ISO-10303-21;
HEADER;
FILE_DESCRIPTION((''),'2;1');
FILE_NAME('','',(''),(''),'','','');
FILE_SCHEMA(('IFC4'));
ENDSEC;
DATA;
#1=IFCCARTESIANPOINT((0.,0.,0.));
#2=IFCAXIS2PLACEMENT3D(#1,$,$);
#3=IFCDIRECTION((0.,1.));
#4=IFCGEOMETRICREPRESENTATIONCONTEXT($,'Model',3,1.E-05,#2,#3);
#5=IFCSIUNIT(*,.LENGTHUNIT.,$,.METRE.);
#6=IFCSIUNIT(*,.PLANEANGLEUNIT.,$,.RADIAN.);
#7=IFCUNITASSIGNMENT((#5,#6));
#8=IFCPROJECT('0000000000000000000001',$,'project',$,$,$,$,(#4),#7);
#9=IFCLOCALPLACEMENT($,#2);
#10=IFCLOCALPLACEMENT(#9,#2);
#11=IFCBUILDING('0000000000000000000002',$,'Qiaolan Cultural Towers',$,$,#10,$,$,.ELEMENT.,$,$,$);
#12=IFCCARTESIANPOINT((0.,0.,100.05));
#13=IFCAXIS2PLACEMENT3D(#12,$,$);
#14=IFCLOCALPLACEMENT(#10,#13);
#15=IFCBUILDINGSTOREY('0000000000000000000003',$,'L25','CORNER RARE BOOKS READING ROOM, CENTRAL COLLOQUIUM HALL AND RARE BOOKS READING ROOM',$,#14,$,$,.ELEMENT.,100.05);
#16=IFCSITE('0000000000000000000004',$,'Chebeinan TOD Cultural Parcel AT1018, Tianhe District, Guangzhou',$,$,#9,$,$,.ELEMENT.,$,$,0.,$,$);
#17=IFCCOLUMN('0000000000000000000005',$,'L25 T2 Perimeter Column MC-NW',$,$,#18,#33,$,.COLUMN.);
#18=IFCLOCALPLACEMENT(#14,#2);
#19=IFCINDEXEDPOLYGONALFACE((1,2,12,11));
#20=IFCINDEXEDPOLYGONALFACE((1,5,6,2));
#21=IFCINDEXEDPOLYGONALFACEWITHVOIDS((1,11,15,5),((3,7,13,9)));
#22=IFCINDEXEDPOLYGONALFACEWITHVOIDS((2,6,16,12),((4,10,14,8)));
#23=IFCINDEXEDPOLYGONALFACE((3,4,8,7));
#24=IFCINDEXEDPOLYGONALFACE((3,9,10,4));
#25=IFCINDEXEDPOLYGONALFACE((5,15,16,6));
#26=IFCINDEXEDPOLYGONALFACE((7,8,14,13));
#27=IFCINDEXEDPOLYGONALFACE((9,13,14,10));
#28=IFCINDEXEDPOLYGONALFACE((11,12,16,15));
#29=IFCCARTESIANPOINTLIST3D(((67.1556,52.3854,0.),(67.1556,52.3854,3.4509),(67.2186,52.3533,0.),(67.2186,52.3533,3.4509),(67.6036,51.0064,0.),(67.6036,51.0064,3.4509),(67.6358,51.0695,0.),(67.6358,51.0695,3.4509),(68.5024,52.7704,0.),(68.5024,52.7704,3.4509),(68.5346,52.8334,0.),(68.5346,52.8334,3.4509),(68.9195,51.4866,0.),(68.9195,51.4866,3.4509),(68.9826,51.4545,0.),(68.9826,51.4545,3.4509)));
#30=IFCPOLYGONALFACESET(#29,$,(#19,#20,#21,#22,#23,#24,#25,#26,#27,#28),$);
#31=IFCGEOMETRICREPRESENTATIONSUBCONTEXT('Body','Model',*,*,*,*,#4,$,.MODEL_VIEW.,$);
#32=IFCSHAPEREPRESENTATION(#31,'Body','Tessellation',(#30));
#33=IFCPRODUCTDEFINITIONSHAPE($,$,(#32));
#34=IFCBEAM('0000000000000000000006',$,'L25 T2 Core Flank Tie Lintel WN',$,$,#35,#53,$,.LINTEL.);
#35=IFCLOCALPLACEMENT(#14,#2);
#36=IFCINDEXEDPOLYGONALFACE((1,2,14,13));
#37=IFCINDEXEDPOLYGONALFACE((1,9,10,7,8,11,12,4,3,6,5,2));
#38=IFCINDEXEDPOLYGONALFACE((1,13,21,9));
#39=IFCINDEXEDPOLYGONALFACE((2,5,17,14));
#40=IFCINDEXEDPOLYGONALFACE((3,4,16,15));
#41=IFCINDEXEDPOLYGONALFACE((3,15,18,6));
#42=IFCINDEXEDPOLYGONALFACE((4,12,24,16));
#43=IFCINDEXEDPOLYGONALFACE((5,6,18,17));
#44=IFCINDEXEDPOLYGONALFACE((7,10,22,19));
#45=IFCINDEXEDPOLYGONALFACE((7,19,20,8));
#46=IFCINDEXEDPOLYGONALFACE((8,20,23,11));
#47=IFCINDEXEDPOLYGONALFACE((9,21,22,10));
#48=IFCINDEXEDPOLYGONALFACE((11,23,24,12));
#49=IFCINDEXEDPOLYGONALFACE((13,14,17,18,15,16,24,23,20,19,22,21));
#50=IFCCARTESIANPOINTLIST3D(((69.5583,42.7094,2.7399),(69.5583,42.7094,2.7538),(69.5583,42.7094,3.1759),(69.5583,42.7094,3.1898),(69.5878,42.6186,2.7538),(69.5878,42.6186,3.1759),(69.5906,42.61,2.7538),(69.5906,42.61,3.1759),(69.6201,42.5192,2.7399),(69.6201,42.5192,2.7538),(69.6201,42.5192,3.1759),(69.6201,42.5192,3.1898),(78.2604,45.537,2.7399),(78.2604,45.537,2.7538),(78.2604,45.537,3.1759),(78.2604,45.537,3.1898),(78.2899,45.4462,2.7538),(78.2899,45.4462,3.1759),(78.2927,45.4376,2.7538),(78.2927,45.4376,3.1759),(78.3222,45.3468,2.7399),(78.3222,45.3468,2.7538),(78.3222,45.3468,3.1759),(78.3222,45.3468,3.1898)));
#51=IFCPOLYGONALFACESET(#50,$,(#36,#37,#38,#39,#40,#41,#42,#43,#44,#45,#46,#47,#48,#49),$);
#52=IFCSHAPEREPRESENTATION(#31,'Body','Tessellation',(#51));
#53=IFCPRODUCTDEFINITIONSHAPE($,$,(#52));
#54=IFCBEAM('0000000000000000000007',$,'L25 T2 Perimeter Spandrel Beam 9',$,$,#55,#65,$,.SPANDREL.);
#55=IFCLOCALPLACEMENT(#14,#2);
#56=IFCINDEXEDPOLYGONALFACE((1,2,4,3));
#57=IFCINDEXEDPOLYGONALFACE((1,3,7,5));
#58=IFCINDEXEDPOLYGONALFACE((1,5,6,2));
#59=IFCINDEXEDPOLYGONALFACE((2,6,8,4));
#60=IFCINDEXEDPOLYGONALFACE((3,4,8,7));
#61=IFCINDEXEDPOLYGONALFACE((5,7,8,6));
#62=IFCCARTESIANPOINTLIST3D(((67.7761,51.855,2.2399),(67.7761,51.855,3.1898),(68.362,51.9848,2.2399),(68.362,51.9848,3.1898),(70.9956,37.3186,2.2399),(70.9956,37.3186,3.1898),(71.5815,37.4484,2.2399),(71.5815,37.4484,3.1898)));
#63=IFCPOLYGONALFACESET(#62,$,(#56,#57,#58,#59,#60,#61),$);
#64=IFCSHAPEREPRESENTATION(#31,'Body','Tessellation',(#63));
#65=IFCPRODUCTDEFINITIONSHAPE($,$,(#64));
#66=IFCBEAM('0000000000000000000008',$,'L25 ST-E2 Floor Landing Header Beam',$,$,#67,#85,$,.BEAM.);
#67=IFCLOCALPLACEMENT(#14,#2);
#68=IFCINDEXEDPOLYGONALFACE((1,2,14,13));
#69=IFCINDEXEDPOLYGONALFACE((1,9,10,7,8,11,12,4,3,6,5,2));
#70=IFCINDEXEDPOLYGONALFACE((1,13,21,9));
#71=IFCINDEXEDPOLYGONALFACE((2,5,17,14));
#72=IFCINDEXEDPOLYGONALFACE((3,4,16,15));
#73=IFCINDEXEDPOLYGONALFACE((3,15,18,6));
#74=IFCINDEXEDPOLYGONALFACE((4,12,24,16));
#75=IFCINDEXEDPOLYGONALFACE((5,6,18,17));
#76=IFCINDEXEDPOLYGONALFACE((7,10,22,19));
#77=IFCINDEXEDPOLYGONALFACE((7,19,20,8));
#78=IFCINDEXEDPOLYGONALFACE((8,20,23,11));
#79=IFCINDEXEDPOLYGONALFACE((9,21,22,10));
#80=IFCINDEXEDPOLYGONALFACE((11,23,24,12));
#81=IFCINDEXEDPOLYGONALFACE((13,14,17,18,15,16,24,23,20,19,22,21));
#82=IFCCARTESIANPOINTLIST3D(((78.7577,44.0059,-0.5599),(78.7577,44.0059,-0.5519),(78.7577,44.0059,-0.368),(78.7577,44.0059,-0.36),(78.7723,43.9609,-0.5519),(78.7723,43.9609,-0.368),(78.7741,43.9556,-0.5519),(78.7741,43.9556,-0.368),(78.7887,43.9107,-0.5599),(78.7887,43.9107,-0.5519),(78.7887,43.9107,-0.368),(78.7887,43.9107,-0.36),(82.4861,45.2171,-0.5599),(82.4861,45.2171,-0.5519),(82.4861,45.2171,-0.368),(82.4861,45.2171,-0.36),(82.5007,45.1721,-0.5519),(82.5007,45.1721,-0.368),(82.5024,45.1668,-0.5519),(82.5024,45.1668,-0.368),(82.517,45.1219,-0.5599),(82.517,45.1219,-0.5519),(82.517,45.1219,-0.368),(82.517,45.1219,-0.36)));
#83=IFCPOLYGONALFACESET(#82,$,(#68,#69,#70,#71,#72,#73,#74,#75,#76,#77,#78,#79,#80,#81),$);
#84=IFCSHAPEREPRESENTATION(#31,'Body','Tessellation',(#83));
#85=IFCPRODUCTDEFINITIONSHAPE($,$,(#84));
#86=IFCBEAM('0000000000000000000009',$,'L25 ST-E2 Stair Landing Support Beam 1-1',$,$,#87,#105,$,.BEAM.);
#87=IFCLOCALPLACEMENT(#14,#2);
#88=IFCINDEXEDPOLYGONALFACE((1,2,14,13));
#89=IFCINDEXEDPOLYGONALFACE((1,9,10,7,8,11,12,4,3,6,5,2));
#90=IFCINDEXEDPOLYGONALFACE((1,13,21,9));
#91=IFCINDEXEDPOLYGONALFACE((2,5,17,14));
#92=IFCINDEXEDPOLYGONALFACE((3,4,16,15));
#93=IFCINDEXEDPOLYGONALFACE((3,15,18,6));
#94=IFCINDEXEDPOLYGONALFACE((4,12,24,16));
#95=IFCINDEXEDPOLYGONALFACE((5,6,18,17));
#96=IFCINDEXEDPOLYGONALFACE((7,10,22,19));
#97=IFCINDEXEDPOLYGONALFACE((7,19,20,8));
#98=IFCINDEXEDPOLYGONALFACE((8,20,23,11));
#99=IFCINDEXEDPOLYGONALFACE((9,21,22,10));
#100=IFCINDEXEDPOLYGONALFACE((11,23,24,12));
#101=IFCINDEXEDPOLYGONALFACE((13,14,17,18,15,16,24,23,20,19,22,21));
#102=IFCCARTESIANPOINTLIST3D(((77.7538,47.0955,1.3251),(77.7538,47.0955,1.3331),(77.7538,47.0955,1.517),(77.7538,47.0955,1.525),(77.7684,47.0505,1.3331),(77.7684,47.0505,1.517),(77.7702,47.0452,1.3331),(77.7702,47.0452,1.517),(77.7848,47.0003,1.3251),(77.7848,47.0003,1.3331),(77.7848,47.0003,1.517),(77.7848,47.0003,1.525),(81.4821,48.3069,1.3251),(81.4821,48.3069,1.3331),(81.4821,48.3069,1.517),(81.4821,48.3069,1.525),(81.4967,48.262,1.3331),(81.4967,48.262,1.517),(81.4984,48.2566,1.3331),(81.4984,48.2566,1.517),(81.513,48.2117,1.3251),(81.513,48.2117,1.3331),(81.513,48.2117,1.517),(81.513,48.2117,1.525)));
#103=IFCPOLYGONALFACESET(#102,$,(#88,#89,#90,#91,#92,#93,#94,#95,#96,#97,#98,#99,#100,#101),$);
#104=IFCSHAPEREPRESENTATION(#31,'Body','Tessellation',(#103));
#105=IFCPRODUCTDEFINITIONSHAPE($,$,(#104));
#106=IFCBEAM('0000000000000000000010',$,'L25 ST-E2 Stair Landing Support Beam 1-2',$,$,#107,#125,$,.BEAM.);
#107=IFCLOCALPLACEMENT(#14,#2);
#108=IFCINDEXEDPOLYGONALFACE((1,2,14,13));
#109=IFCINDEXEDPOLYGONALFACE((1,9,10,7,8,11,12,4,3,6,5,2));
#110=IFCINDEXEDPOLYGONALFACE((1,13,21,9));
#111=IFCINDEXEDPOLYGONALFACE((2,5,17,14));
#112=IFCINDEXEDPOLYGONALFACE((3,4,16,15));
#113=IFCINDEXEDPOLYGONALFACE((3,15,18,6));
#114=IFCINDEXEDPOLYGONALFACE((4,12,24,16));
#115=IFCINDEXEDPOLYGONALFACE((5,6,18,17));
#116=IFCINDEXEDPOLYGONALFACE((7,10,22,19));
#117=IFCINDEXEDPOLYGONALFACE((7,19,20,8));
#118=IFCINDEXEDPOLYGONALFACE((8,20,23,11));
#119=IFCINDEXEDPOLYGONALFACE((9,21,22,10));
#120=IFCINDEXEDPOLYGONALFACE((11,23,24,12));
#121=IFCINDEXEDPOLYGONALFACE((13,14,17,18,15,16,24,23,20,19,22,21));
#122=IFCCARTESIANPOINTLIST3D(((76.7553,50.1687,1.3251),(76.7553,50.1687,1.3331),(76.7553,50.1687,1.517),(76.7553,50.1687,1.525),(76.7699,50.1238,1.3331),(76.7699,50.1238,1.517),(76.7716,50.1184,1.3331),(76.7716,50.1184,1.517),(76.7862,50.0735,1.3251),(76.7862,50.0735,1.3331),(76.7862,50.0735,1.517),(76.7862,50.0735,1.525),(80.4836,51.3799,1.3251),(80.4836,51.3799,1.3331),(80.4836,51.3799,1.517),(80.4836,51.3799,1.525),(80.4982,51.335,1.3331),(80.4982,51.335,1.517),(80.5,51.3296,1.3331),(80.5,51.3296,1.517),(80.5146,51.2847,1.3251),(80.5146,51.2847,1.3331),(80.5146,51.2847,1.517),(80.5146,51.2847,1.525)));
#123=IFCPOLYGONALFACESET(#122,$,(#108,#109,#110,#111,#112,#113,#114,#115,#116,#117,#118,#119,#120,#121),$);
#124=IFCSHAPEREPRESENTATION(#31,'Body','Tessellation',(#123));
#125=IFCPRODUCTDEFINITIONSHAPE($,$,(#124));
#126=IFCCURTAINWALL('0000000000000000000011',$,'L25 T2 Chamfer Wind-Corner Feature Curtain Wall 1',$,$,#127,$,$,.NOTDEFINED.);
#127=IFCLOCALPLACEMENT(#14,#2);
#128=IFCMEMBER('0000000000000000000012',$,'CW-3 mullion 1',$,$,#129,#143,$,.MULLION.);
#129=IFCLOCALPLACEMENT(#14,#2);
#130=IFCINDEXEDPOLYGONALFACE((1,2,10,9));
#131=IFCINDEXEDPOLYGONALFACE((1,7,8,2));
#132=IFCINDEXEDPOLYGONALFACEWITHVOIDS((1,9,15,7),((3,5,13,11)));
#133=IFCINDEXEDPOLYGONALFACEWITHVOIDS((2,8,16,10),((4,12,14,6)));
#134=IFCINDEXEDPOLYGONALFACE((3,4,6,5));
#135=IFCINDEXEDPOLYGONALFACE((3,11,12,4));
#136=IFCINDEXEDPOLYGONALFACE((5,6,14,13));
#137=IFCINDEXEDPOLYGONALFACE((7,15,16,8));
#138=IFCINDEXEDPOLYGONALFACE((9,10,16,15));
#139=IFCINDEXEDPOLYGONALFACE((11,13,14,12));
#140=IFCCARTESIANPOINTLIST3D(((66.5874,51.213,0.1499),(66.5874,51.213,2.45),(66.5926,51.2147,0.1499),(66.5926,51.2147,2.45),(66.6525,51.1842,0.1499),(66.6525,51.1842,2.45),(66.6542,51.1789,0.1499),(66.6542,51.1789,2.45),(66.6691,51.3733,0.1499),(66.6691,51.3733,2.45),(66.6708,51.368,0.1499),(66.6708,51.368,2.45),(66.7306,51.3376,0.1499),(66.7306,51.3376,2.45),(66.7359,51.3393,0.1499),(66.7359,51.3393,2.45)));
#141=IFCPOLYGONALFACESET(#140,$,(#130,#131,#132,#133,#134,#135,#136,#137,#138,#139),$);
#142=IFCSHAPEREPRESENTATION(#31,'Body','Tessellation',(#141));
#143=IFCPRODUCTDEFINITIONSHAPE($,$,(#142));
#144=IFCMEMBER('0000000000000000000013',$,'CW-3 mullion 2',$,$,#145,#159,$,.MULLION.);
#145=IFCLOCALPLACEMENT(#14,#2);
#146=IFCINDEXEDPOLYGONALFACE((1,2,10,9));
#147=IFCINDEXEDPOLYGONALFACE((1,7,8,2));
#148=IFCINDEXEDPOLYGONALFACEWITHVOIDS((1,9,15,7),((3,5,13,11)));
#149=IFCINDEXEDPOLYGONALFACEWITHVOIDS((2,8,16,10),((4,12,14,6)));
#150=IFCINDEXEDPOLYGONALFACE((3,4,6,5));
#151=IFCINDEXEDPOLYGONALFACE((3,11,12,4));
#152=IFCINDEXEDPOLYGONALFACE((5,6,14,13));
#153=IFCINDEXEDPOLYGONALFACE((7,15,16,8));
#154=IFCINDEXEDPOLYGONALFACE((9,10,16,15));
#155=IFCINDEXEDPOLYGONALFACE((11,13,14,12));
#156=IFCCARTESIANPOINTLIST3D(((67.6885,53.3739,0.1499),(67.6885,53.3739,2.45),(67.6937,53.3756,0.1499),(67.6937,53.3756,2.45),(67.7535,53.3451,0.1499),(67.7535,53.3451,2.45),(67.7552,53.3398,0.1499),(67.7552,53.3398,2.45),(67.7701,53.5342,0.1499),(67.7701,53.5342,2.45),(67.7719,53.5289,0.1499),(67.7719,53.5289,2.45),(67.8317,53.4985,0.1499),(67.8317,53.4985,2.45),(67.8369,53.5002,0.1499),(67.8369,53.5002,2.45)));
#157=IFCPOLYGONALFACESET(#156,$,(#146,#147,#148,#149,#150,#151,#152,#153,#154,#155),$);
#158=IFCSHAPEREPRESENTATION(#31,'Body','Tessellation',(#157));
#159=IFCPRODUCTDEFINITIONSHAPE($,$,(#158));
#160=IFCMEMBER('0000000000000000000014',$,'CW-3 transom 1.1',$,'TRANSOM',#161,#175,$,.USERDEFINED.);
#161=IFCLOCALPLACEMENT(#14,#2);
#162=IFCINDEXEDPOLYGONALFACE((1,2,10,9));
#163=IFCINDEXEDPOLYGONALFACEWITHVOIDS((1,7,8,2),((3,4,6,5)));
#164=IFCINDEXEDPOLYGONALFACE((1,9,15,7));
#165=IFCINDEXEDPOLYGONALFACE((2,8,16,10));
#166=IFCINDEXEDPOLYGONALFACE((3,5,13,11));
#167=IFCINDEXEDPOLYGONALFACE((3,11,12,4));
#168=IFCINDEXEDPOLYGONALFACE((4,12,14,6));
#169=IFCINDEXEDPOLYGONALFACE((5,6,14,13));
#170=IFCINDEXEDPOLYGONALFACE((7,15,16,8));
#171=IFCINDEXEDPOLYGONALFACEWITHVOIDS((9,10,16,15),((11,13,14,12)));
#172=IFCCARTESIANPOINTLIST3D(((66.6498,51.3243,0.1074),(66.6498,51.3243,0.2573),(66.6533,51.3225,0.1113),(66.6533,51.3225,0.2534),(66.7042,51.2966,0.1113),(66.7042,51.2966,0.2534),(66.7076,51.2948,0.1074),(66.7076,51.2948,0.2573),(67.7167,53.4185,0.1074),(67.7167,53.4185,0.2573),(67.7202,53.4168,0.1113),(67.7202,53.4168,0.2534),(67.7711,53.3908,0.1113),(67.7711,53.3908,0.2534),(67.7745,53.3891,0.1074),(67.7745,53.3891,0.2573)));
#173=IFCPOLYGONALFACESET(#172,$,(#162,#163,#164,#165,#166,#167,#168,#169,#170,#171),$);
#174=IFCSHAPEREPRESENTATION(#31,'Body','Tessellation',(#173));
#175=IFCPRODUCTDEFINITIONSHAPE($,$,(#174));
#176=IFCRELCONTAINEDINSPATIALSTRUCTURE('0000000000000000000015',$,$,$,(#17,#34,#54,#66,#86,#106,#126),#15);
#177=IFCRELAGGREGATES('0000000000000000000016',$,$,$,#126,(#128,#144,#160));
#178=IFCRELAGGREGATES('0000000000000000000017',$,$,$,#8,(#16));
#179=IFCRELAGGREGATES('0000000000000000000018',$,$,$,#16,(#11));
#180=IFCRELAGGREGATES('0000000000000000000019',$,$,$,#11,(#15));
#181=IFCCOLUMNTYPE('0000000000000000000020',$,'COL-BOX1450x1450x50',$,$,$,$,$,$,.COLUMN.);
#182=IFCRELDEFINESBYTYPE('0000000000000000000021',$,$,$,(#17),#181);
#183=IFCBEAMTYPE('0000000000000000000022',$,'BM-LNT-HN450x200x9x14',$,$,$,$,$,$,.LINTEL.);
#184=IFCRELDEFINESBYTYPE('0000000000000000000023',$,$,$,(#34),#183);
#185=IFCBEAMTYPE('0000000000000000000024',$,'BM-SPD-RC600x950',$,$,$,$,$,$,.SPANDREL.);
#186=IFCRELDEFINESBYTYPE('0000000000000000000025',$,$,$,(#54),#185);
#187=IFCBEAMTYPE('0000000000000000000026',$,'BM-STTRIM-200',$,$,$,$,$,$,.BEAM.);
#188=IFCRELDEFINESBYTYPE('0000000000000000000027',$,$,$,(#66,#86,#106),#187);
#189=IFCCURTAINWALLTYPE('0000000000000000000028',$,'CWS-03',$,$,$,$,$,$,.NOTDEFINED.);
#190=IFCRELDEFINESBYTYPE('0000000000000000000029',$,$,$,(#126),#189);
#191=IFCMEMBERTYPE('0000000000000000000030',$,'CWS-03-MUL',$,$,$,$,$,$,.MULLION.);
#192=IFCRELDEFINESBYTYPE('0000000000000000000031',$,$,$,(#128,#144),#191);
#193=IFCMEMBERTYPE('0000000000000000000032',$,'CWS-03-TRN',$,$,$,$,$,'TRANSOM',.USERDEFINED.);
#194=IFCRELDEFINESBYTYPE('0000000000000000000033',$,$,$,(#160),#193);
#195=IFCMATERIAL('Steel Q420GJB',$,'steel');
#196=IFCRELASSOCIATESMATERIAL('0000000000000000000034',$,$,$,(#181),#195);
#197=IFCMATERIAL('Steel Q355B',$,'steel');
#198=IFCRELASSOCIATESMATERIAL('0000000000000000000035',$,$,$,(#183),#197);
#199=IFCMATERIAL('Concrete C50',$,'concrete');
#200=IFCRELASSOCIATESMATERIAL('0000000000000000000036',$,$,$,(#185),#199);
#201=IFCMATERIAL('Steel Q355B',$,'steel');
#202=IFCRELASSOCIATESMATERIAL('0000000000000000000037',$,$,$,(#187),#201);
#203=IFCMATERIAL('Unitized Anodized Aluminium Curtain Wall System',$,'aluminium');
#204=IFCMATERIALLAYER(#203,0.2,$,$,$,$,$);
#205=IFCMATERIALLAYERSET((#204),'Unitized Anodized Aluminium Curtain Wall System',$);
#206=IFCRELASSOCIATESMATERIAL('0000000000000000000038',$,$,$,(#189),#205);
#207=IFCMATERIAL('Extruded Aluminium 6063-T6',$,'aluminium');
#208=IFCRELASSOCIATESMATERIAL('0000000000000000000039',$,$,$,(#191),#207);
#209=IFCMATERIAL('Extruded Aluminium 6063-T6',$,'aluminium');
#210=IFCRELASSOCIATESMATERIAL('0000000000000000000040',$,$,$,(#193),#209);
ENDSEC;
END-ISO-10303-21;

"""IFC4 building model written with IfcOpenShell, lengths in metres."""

from ifc_helpers import new_model, si_unit, direction, frame, origin, origin_2d, place, context, subcontext, project, spatial, rectangle, hollow_rectangle, i_section, extrude, material, layer, layer_set, material_profile, profile_set, type_object, element, aggregate, save


model = new_model("IFC4")

# Units and contexts
model_context = context("Model", 3, precision=1e-05, world=origin(), true_north=direction((0.0, 1.0)))
body_context = subcontext(model_context, "Body", "Model", "MODEL_VIEW")
ifc_project = project(units=[si_unit("LENGTHUNIT", "METRE"), si_unit("PLANEANGLEUNIT", "RADIAN")], contexts=[model_context])

# Site, building, storey
site_placement = place(None, origin())
site = spatial("IfcSite", under=ifc_project, at=site_placement, Name="Chebeinan TOD Cultural Parcel AT1018, Tianhe District, Guangzhou", CompositionType="ELEMENT", RefElevation=0.0)
building_placement = place(site_placement, origin())
building = spatial("IfcBuilding", under=site, at=building_placement, Name="Qiaolan Cultural Towers", CompositionType="ELEMENT")
storey_placement = place(building_placement, frame((0.0, 0.0, 100.05)))
storey = spatial("IfcBuildingStorey", under=building, at=storey_placement, Name="L25", Description="CORNER RARE BOOKS READING ROOM, CENTRAL COLLOQUIUM HALL AND RARE BOOKS READING ROOM", CompositionType="ELEMENT", Elevation=100.05)

# Column
ifc_material_1 = material(Name="Steel Q420GJB", Category="steel")
ifc_material_profile_1 = material_profile(ifc_material_1, hollow_rectangle(XDim=1.45, YDim=1.45, WallThickness=0.05, at=origin_2d()), Name="BOX1450x1450x50")
ifc_profile_set_1 = profile_set([ifc_material_profile_1], Name="Steel Q420GJB")
column_type = type_object("IfcColumnType", Name="COL-BOX1450x1450x50", PredefinedType="COLUMN", material=ifc_profile_set_1)
column_placement = place(storey_placement, frame((68.0691, 51.9199, 0.0), z_axis=(0.0, 0.0, 1.0), x_axis=(0.951057, 0.309017, 0.0)))
element("IfcColumn", 1, at=column_placement, inside=storey, type_object=column_type, Name="L25 T2 Perimeter Column MC-NW", PredefinedType="COLUMN", context=body_context, shape_type="SweptSolid", body=[
    extrude(hollow_rectangle(XDim=1.45, YDim=1.45, WallThickness=0.05, at=origin_2d()), origin(), (0.0, 0.0, 1.0), 3.4509),
])

# Beams
ifc_material_2 = material(Name="Steel Q355B", Category="steel")
ifc_material_profile_2 = material_profile(ifc_material_2, i_section(OverallWidth=0.2, OverallDepth=0.45, WebThickness=0.009, FlangeThickness=0.0139, at=origin_2d()), Name="HN450x200x9x14")
ifc_profile_set_2 = profile_set([ifc_material_profile_2], Name="Steel Q355B")
beam_type_1 = type_object("IfcBeamType", Name="BM-LNT-HN450x200x9x14", PredefinedType="LINTEL", material=ifc_profile_set_2)
beam_1_placement = place(storey_placement, frame((78.2913, 45.4419, 2.9648), z_axis=(-0.951052, -0.309031, 0.0), x_axis=(0.309031, -0.951052, 0.0)))
element("IfcBeam", 2, at=beam_1_placement, inside=storey, type_object=beam_type_1, Name="L25 T2 Core Flank Tie Lintel WN", PredefinedType="LINTEL", context=body_context, shape_type="SweptSolid", body=[
    extrude(i_section(OverallWidth=0.2, OverallDepth=0.45, WebThickness=0.009, FlangeThickness=0.0139, at=origin_2d()), origin(), (0.0, 0.0, 1.0), 9.1499),
])
ifc_material_3 = material(Name="Concrete C50", Category="concrete")
ifc_material_profile_3 = material_profile(ifc_material_3, rectangle(XDim=0.6001, YDim=0.95, at=origin_2d()), Name="RC600x950")
ifc_profile_set_3 = profile_set([ifc_material_profile_3], Name="Concrete C50")
beam_type_2 = type_object("IfcBeamType", Name="BM-SPD-RC600x950", PredefinedType="SPANDREL", material=ifc_profile_set_3)
beam_2_placement = place(storey_placement, frame((68.0691, 51.9199, 2.7148), z_axis=(0.216238, -0.976341, 0.0), x_axis=(0.976341, 0.216238, 0.0)))
element("IfcBeam", 3, at=beam_2_placement, inside=storey, type_object=beam_type_2, Name="L25 T2 Perimeter Spandrel Beam 9", PredefinedType="SPANDREL", context=body_context, shape_type="SweptSolid", body=[
    extrude(rectangle(XDim=0.6001, YDim=0.95, at=origin_2d()), origin(), (0.0, 0.0, 1.0), 14.8887),
])
ifc_material_4 = material(Name="Steel Q355B", Category="steel")
ifc_material_profile_4 = material_profile(ifc_material_4, i_section(OverallWidth=0.1001, OverallDepth=0.2, WebThickness=0.0056, FlangeThickness=0.0081, at=origin_2d()), Name="HN200x100x5.5x8")
ifc_profile_set_4 = profile_set([ifc_material_profile_4], Name="Steel Q355B")
beam_type_3 = type_object("IfcBeamType", Name="BM-STTRIM-200", PredefinedType="BEAM", material=ifc_profile_set_4)
for number, where, z_axis, x_axis, name in (
    (4, (78.7732, 43.9583, -0.46), (0.951072, 0.308969, 0.0), (-0.308969, 0.951072, 0.0), "L25 ST-E2 Floor Landing Header Beam"),
    (5, (77.7693, 47.0479, 1.425), (0.951054, 0.309026, 0.0), (-0.309026, 0.951054, 0.0), "L25 ST-E2 Stair Landing Support Beam 1-1"),
    (6, (76.7708, 50.1211, 1.425), (0.951072, 0.308969, 0.0), (-0.308969, 0.951072, 0.0), "L25 ST-E2 Stair Landing Support Beam 1-2"),
):
    element("IfcBeam", number, at=place(storey_placement, frame(where, z_axis=z_axis, x_axis=x_axis)), inside=storey, type_object=beam_type_3, Name=name, PredefinedType="BEAM", context=body_context, shape_type="SweptSolid", body=[
        extrude(i_section(OverallWidth=0.1001, OverallDepth=0.2, WebThickness=0.0056, FlangeThickness=0.0081, at=origin_2d()), origin(), (0.0, 0.0, 1.0), 3.9202),
    ])

# Curtain wall, members
ifc_material_5 = material(Name="Unitized Anodized Aluminium Curtain Wall System", Category="aluminium")
ifc_layer_1 = layer(ifc_material_5, 0.2)
ifc_layer_set_1 = layer_set([ifc_layer_1], Name="Unitized Anodized Aluminium Curtain Wall System")
curtain_wall_type = type_object("IfcCurtainWallType", Name="CWS-03", PredefinedType="NOTDEFINED", material=ifc_layer_set_1)
curtain_wall_placement = place(storey_placement, origin())
curtain_wall = element("IfcCurtainWall", 7, at=curtain_wall_placement, inside=storey, type_object=curtain_wall_type, Name="L25 T2 Chamfer Wind-Corner Feature Curtain Wall 1", PredefinedType="NOTDEFINED")
ifc_material_6 = material(Name="Extruded Aluminium 6063-T6", Category="aluminium")
ifc_material_profile_5 = material_profile(ifc_material_6, hollow_rectangle(XDim=0.075, YDim=0.1799, WallThickness=0.0039, at=origin_2d()), Name="CWM-180x75x4")
ifc_profile_set_5 = profile_set([ifc_material_profile_5], Name="Extruded Aluminium 6063-T6")
member_type_1 = type_object("IfcMemberType", Name="CWS-03-MUL", PredefinedType="MULLION", material=ifc_profile_set_5)
member_1_placement = place(storey_placement, frame((66.6616, 51.2761, 0.1499), z_axis=(0.0, 0.0, 1.0), x_axis=(-0.891006, 0.453991, 0.0)))
member_1 = element("IfcMember", 8, at=member_1_placement, type_object=member_type_1, Name="CW-3 mullion 1", PredefinedType="MULLION", context=body_context, shape_type="SweptSolid", body=[
    extrude(hollow_rectangle(XDim=0.075, YDim=0.1799, WallThickness=0.0039, at=origin_2d()), origin(), (0.0, 0.0, 1.0), 2.3),
])
member_2_placement = place(storey_placement, frame((67.7627, 53.437, 0.1499), z_axis=(0.0, 0.0, 1.0), x_axis=(-0.891006, 0.453991, 0.0)))
member_2 = element("IfcMember", 9, at=member_2_placement, type_object=member_type_1, Name="CW-3 mullion 2", PredefinedType="MULLION", context=body_context, shape_type="SweptSolid", body=[
    extrude(hollow_rectangle(XDim=0.075, YDim=0.1799, WallThickness=0.0039, at=origin_2d()), origin(), (0.0, 0.0, 1.0), 2.3),
])
ifc_material_7 = material(Name="Extruded Aluminium 6063-T6", Category="aluminium")
ifc_material_profile_6 = material_profile(ifc_material_7, hollow_rectangle(XDim=0.0649, YDim=0.1499, WallThickness=0.0039, at=origin_2d()), Name="CWT-150x65x4")
ifc_profile_set_6 = profile_set([ifc_material_profile_6], Name="Extruded Aluminium 6063-T6")
member_type_2 = type_object("IfcMemberType", Name="CWS-03-TRN", ElementType="TRANSOM", PredefinedType="USERDEFINED", material=ifc_profile_set_6)
member_3_placement = place(storey_placement, frame((66.6787, 51.3096, 0.1824), z_axis=(0.453932, 0.891036, 0.0), x_axis=(-0.891036, 0.453932, 0.0)))
member_3 = element("IfcMember", 10, at=member_3_placement, type_object=member_type_2, Name="CW-3 transom 1.1", ObjectType="TRANSOM", PredefinedType="USERDEFINED", context=body_context, shape_type="SweptSolid", body=[
    extrude(hollow_rectangle(XDim=0.0649, YDim=0.1499, WallThickness=0.0039, at=origin_2d()), origin(), (0.0, 0.0, 1.0), 2.3503),
])
aggregate(curtain_wall, [member_1, member_2, member_3])

save(model, "model.ifc")
